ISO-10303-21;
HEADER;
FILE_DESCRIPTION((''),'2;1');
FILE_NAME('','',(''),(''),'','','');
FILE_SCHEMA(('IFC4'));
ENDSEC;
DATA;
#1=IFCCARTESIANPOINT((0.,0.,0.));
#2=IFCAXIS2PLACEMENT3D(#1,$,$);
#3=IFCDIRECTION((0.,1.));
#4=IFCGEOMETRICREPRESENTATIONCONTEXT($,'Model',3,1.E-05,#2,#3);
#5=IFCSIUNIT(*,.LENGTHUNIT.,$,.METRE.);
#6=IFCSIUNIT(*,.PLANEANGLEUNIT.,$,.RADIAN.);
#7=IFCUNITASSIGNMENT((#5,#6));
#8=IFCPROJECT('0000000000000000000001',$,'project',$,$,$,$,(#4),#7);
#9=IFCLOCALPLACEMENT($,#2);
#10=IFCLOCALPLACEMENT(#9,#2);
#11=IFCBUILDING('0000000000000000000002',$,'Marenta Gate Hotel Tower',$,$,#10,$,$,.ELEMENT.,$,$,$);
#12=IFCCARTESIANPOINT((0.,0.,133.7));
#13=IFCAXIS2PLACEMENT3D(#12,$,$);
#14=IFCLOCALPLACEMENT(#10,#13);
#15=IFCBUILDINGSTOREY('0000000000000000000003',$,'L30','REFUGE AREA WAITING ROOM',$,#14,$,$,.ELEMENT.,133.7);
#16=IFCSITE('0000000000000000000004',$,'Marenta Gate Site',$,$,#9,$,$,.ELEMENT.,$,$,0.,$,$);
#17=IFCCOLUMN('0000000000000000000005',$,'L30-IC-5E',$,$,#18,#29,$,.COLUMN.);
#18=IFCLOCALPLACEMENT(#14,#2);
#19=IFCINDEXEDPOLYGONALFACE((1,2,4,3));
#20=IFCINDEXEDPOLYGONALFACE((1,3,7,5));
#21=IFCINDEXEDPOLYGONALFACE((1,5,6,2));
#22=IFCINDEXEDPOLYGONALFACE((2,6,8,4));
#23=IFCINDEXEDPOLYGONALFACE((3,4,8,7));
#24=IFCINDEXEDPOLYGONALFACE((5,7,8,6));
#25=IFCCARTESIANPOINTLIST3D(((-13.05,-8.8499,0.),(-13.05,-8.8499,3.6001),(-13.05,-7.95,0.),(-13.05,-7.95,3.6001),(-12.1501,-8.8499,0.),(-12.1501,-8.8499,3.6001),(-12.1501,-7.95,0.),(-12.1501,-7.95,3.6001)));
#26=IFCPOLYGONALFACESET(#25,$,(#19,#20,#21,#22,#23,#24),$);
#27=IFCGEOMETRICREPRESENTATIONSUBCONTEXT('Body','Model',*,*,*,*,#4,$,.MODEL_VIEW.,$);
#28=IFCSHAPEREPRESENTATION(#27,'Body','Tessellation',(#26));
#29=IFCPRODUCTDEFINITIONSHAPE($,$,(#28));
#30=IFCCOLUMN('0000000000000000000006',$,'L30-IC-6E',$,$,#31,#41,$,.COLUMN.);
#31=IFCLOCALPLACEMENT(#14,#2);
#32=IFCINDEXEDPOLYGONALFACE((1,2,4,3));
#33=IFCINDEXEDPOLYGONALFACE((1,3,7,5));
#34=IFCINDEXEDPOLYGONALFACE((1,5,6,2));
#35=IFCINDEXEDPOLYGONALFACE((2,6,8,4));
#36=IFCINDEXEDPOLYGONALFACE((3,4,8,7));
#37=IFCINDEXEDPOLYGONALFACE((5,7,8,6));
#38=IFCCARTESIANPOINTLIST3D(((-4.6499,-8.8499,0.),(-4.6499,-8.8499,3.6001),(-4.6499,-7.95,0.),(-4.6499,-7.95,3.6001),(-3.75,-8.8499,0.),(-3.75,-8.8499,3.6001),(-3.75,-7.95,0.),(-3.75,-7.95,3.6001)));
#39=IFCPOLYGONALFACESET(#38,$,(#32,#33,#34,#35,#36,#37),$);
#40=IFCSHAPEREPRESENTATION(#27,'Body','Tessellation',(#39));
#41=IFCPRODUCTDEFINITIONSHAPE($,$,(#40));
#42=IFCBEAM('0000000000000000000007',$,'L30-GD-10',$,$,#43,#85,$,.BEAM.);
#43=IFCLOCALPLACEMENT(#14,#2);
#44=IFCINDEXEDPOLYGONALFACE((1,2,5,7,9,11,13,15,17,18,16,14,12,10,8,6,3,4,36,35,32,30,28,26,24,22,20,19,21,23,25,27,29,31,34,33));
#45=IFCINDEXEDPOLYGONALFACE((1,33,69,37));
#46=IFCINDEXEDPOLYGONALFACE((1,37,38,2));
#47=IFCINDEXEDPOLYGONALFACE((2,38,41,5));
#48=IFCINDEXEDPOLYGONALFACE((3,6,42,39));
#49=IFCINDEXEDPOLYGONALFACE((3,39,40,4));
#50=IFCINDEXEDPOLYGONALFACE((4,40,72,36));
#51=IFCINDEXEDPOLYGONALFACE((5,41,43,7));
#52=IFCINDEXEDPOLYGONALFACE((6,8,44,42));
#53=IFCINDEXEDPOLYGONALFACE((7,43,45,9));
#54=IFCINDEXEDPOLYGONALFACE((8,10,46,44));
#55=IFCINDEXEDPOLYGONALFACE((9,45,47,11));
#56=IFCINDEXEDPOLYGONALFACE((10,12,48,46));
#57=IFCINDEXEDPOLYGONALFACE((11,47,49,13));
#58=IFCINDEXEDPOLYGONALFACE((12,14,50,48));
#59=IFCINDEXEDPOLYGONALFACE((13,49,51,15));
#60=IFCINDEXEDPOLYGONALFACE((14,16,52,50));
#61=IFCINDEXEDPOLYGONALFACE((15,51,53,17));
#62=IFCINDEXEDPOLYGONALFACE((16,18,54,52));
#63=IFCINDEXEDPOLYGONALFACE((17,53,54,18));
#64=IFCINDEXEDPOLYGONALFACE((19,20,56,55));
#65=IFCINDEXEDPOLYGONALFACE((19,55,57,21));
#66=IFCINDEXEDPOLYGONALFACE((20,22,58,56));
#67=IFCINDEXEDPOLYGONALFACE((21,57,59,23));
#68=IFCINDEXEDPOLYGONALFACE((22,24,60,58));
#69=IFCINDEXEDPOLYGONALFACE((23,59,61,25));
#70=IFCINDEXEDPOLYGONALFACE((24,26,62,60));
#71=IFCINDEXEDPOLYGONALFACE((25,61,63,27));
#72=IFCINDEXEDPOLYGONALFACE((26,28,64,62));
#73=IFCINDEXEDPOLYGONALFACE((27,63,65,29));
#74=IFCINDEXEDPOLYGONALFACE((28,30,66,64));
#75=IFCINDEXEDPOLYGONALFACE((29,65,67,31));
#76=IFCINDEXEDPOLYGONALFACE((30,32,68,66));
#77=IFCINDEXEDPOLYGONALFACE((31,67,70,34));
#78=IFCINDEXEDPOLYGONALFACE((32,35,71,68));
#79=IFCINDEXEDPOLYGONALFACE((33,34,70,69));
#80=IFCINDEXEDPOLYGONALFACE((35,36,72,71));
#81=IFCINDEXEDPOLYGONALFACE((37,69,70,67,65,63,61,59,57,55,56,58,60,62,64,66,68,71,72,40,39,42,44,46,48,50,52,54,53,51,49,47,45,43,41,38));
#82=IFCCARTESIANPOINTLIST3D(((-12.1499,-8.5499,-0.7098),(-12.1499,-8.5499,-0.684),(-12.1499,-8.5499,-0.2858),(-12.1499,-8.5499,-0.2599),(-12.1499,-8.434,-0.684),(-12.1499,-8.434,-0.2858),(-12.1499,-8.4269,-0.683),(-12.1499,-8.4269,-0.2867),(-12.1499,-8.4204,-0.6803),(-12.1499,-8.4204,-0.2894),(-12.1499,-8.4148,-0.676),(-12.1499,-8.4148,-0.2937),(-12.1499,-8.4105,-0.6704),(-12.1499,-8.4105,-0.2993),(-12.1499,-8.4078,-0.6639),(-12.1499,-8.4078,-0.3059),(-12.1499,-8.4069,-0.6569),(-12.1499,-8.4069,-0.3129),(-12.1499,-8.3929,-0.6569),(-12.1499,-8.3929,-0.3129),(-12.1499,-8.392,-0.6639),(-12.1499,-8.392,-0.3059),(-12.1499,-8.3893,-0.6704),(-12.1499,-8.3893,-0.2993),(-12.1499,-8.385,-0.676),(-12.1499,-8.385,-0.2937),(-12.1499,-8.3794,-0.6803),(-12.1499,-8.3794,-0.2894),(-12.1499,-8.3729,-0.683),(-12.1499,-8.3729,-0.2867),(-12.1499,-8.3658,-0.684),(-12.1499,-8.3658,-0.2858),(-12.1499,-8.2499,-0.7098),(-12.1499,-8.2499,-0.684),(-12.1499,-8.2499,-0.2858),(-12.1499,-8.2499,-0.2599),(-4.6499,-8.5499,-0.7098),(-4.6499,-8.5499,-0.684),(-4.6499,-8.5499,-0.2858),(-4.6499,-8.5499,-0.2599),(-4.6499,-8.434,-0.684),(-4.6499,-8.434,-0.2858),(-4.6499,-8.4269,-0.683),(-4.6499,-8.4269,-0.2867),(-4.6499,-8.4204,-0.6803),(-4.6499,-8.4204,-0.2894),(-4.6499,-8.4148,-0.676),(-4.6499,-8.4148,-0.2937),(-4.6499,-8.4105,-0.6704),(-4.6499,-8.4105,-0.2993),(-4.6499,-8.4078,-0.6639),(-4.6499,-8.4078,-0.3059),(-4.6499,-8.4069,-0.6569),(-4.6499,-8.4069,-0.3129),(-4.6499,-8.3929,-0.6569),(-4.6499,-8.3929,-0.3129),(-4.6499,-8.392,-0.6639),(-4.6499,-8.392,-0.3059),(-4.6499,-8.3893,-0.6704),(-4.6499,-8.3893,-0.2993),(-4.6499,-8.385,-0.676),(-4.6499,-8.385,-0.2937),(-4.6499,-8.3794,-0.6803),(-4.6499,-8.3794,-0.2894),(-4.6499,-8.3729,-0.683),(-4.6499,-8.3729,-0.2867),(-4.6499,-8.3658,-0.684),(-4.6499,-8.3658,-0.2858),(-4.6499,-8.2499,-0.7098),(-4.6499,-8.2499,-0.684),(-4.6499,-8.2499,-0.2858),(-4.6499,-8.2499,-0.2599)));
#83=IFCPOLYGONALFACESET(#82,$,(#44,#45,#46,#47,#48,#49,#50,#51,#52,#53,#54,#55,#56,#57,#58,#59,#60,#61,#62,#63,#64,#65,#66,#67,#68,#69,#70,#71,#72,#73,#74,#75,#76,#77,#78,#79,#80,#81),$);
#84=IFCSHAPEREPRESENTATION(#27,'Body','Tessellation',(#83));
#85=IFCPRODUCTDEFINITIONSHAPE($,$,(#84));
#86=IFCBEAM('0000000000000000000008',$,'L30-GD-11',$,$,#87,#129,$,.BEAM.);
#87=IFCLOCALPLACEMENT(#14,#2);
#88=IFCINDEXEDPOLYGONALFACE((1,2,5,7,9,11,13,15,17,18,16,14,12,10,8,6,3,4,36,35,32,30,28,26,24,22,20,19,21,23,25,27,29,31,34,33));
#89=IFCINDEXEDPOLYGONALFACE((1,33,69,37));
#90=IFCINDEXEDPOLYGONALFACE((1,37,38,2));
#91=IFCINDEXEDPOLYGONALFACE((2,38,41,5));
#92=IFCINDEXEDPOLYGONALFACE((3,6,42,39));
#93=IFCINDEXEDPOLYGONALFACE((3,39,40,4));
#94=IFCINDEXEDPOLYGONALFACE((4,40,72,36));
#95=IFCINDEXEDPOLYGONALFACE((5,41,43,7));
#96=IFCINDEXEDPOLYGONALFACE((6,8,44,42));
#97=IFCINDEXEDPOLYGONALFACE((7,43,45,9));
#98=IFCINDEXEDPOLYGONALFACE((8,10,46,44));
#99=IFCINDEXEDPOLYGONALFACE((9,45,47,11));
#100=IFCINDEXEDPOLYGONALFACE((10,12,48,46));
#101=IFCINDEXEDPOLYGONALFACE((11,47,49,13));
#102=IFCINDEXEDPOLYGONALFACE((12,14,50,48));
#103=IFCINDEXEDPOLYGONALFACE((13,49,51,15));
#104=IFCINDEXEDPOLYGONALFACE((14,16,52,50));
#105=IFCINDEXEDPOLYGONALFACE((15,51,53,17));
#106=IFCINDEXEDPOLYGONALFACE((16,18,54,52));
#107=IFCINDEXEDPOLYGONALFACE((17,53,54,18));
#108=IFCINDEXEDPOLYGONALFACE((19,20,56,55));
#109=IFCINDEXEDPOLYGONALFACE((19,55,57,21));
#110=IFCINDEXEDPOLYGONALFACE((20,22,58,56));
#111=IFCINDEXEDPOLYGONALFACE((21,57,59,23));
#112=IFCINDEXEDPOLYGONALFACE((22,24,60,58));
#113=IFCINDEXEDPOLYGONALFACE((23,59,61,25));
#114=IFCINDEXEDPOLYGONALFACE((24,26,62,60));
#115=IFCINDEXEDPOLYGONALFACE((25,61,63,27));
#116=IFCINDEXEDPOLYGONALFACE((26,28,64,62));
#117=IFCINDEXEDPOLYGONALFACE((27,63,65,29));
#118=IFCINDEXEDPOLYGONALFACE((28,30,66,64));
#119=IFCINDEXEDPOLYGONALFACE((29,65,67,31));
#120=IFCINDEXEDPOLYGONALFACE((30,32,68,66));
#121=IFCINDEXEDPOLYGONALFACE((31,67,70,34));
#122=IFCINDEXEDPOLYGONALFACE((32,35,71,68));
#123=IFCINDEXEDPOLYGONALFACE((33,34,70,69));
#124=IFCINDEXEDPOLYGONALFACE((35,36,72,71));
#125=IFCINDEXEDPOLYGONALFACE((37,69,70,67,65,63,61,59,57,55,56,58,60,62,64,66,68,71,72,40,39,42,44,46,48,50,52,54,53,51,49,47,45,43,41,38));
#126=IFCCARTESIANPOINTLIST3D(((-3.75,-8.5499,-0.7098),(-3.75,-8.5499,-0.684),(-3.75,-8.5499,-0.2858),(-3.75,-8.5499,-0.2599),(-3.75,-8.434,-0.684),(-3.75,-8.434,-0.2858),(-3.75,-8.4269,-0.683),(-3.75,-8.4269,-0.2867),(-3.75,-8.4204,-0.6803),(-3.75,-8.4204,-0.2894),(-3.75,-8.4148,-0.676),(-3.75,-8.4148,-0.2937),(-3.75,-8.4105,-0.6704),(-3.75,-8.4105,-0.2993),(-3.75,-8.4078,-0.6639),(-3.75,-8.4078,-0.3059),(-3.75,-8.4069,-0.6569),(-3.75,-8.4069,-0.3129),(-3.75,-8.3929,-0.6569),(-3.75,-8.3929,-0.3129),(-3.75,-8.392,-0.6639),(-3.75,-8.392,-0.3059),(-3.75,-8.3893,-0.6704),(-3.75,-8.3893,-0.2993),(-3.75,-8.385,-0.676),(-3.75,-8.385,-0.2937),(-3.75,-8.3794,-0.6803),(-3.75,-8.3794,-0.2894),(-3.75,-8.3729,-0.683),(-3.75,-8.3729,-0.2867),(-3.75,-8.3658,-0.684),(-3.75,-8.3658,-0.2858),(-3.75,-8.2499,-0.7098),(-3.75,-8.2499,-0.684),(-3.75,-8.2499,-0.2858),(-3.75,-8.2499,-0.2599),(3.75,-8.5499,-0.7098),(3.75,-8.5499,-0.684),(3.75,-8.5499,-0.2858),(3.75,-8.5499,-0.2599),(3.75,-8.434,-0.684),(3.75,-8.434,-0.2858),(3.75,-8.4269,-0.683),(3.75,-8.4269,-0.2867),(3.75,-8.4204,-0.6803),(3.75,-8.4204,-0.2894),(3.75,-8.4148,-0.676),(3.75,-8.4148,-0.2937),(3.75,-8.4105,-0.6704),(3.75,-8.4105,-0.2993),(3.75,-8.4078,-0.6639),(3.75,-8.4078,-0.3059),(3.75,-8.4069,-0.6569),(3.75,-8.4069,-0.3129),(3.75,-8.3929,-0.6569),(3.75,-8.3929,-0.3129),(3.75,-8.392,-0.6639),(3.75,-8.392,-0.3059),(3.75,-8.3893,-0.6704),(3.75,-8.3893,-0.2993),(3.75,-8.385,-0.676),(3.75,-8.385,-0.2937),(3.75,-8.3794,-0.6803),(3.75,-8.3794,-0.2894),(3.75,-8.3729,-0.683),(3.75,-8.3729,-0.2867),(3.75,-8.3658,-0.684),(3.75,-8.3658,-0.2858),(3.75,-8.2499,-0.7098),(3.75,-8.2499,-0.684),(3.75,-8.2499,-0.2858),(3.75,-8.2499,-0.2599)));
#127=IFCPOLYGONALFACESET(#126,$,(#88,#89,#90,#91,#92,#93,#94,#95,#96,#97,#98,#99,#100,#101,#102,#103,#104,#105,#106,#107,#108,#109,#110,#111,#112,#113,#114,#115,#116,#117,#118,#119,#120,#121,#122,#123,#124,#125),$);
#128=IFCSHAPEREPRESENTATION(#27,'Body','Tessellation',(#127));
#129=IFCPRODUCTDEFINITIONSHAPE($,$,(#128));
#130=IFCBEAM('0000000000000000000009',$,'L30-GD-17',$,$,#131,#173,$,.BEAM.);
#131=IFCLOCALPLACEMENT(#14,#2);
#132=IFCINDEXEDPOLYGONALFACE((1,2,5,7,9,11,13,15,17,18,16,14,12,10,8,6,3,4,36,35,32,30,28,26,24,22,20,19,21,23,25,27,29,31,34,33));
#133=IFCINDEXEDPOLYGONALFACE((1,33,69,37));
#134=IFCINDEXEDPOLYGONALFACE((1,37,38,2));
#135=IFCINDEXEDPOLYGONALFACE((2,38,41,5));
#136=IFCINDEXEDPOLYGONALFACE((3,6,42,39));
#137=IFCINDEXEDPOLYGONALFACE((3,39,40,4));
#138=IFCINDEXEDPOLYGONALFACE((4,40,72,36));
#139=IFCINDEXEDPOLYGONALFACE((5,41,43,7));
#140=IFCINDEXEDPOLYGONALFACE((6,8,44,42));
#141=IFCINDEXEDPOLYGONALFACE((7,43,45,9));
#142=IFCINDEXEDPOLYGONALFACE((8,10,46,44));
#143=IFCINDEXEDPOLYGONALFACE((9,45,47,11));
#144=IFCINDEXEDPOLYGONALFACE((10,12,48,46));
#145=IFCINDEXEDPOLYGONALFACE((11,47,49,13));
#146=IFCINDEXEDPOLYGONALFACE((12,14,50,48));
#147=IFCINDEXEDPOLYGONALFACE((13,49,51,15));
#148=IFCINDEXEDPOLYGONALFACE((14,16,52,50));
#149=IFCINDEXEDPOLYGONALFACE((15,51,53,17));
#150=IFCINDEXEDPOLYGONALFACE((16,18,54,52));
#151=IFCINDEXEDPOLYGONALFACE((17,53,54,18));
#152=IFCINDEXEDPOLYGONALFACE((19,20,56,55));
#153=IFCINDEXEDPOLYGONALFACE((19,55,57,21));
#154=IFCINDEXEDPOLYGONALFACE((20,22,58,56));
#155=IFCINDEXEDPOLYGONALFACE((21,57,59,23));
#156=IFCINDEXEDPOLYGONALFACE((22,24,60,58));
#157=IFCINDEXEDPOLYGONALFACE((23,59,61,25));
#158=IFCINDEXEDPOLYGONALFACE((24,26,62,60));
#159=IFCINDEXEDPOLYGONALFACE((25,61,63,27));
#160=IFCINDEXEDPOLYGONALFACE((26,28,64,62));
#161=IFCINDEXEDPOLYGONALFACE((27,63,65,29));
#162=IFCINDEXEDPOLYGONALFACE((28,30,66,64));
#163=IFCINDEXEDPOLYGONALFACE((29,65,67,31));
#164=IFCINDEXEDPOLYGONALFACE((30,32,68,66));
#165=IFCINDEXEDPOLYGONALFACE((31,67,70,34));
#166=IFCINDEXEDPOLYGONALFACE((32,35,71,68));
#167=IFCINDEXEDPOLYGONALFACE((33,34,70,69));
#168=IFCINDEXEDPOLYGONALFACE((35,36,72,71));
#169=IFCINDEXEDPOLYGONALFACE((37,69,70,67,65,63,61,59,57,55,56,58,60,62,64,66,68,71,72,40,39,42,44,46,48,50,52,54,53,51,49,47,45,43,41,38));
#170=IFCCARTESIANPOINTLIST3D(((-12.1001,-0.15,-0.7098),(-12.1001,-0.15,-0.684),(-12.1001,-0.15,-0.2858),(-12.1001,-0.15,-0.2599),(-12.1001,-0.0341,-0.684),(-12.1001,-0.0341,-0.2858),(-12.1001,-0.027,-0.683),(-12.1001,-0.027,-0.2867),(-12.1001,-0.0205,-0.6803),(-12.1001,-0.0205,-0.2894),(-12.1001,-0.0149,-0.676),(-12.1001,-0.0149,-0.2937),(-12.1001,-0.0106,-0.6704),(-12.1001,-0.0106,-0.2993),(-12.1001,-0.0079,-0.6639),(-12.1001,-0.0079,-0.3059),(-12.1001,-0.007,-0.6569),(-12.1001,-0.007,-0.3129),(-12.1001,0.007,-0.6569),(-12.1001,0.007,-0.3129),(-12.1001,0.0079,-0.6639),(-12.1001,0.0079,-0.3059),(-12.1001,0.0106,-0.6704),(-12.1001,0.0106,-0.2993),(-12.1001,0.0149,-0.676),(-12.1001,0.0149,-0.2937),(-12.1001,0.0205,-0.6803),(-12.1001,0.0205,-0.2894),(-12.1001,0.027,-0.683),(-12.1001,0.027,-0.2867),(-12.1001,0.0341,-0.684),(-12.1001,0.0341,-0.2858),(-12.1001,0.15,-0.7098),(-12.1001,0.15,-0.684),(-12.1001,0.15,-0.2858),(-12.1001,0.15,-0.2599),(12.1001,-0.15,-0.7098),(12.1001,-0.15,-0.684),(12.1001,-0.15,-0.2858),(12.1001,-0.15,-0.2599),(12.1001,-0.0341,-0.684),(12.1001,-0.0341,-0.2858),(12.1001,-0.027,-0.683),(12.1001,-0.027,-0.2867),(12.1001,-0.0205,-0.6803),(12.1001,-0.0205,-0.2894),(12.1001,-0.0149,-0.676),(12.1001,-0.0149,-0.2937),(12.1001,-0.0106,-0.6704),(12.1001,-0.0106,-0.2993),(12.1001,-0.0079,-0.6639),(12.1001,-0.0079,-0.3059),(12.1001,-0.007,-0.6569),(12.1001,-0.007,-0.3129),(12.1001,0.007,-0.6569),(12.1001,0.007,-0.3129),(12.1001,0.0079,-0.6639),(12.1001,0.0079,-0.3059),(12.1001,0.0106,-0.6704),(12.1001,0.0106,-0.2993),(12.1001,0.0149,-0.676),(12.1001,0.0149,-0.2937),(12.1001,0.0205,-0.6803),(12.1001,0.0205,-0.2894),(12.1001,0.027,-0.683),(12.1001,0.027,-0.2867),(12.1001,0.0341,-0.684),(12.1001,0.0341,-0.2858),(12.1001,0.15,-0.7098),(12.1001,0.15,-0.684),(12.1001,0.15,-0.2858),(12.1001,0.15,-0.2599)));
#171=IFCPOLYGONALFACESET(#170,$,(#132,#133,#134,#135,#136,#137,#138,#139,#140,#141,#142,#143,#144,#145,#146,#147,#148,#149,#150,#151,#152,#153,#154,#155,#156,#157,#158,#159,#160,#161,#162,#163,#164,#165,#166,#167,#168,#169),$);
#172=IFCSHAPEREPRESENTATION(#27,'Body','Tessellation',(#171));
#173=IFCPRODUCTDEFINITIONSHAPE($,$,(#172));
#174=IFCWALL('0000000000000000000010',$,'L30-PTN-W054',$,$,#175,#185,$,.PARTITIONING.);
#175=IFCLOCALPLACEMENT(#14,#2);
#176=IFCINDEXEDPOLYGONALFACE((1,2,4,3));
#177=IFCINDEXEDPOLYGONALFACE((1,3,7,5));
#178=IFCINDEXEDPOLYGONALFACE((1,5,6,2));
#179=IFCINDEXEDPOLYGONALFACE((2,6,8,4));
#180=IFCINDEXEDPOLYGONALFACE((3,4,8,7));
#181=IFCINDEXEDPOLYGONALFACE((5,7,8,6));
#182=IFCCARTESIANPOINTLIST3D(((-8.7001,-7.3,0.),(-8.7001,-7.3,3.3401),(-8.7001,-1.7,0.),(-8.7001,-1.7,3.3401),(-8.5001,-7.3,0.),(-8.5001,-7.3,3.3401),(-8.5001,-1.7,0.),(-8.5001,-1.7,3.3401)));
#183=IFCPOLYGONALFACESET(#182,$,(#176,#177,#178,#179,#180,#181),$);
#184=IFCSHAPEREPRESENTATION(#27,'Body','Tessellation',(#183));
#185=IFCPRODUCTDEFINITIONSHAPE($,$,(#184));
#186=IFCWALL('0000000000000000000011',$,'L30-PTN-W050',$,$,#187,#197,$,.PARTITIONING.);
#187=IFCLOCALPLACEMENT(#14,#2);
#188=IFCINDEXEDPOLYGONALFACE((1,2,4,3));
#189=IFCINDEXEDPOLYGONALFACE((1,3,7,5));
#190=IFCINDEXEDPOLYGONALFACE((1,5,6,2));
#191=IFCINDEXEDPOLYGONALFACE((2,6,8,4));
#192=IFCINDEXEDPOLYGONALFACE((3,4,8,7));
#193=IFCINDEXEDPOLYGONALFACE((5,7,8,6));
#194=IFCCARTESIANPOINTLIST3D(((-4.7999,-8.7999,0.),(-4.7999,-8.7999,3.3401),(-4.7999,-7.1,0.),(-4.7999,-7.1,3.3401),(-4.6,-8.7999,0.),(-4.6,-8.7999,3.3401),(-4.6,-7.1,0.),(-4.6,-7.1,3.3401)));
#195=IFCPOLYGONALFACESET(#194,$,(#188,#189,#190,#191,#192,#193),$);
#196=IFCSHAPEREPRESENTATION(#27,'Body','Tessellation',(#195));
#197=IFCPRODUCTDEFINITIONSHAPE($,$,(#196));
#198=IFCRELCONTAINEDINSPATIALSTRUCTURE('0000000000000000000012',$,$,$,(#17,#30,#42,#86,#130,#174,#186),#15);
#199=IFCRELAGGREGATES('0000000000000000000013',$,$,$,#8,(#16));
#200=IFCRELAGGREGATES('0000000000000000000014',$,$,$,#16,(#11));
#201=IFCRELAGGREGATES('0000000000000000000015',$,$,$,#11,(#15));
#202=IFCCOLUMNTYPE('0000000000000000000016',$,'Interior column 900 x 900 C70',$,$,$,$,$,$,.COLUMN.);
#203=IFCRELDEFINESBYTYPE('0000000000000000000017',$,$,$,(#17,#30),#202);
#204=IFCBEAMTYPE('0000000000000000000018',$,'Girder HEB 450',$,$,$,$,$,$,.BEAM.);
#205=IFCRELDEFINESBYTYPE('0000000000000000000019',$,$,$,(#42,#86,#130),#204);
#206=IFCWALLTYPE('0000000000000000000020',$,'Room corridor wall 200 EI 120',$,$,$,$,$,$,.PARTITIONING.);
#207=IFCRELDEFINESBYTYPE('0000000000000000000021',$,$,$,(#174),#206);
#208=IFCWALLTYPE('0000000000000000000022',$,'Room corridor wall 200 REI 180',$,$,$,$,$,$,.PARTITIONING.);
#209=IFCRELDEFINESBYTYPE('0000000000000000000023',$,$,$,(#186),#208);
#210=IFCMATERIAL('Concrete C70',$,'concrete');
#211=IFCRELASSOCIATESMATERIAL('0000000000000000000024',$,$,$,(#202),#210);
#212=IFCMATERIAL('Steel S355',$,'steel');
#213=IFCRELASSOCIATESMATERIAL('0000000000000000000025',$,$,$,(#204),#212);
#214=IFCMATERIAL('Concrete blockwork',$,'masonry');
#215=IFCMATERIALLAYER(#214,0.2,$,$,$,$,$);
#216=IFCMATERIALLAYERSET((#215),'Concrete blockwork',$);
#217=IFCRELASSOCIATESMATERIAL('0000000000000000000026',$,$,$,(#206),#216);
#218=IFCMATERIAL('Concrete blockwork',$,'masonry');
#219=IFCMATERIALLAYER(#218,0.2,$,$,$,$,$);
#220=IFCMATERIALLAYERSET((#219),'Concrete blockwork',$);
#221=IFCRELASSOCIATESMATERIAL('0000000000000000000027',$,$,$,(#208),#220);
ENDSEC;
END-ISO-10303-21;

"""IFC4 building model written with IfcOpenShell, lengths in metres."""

from ifc_helpers import new_model, si_unit, direction, frame, frame_2d, origin, origin_2d, place, context, subcontext, project, spatial, rectangle, i_section, extrude, material, layer, layer_set, material_profile, profile_set, type_object, element, save


model = new_model("IFC4")

# Units and contexts
model_context = context("Model", 3, precision=1e-05, world=origin(), true_north=direction((0.0, 1.0)))
body_context = subcontext(model_context, "Body", "Model", "MODEL_VIEW")
ifc_project = project(units=[si_unit("LENGTHUNIT", "METRE"), si_unit("PLANEANGLEUNIT", "RADIAN")], contexts=[model_context])

# Site, building, storey
site_placement = place(None, origin())
site = spatial("IfcSite", under=ifc_project, at=site_placement, Name="Marenta Gate Site", CompositionType="ELEMENT", RefElevation=0.0)
building_placement = place(site_placement, origin())
building = spatial("IfcBuilding", under=site, at=building_placement, Name="Marenta Gate Hotel Tower", CompositionType="ELEMENT")
storey_placement = place(building_placement, frame((0.0, 0.0, 133.7)))
storey = spatial("IfcBuildingStorey", under=building, at=storey_placement, Name="L30", Description="REFUGE AREA WAITING ROOM", CompositionType="ELEMENT", Elevation=133.7)

# Columns
ifc_material_1 = material(Name="Concrete C70", Category="concrete")
ifc_material_profile_1 = material_profile(ifc_material_1, rectangle(XDim=0.8999, YDim=0.8999, at=origin_2d()), Name="900 x 900")
ifc_profile_set_1 = profile_set([ifc_material_profile_1], Name="Concrete C70")
column_type = type_object("IfcColumnType", Name="Interior column 900 x 900 C70", PredefinedType="COLUMN", material=ifc_profile_set_1)
for number, where, z_axis, x_axis, name in (
    (1, (-12.6001, -8.3999, 0.0), (0.0, 0.0, 1.0), (1.0, 0.0, 0.0), "L30-IC-5E"),
    (2, (-4.2, -8.3999, 0.0), (0.0, 0.0, 1.0), (1.0, 0.0, 0.0), "L30-IC-6E"),
):
    element("IfcColumn", number, at=place(storey_placement, frame(where, z_axis=z_axis, x_axis=x_axis)), inside=storey, type_object=column_type, Name=name, PredefinedType="COLUMN", context=body_context, shape_type="SweptSolid", body=[
        extrude(rectangle(XDim=0.8999, YDim=0.8999, at=origin_2d()), origin(), (0.0, 0.0, 1.0), 3.6001),
    ])

# Beams
ifc_material_2 = material(Name="Steel S355", Category="steel")
ifc_material_profile_2 = material_profile(ifc_material_2, i_section(OverallWidth=0.3, OverallDepth=0.45, WebThickness=0.0139, FlangeThickness=0.0259, FilletRadius=0.0271, at=origin_2d()), Name="HEB 450")
ifc_profile_set_2 = profile_set([ifc_material_profile_2], Name="Steel S355")
beam_type = type_object("IfcBeamType", Name="Girder HEB 450", PredefinedType="BEAM", material=ifc_profile_set_2)
for number, where, z_axis, x_axis, name in (
    (3, (-12.1499, -8.3999, -0.4849), (1.0, 0.0, 0.0), (0.0, 1.0, 0.0), "L30-GD-10"),
    (4, (-3.75, -8.3999, -0.4849), (1.0, 0.0, 0.0), (0.0, 1.0, 0.0), "L30-GD-11"),
):
    element("IfcBeam", number, at=place(storey_placement, frame(where, z_axis=z_axis, x_axis=x_axis)), inside=storey, type_object=beam_type, Name=name, PredefinedType="BEAM", context=body_context, shape_type="SweptSolid", body=[
        extrude(i_section(OverallWidth=0.3, OverallDepth=0.45, WebThickness=0.0139, FlangeThickness=0.0259, FilletRadius=0.0271, at=origin_2d()), origin(), (0.0, 0.0, 1.0), 7.5),
    ])
beam_placement = place(storey_placement, frame((-12.1001, 0.0, -0.4849), z_axis=(1.0, 0.0, 0.0), x_axis=(0.0, 1.0, 0.0)))
element("IfcBeam", 5, at=beam_placement, inside=storey, type_object=beam_type, Name="L30-GD-17", PredefinedType="BEAM", context=body_context, shape_type="SweptSolid", body=[
    extrude(i_section(OverallWidth=0.3, OverallDepth=0.45, WebThickness=0.0139, FlangeThickness=0.0259, FilletRadius=0.0271, at=origin_2d()), origin(), (0.0, 0.0, 1.0), 24.2002),
])

# Wall
ifc_material_3 = material(Name="Concrete blockwork", Category="masonry")
ifc_layer_1 = layer(ifc_material_3, 0.2)
ifc_layer_set_1 = layer_set([ifc_layer_1], Name="Concrete blockwork")
wall_type_1 = type_object("IfcWallType", Name="Room corridor wall 200 EI 120", PredefinedType="PARTITIONING", material=ifc_layer_set_1)
wall_1_placement = place(storey_placement, frame((-8.6001, -7.3, 0.0), z_axis=(0.0, 0.0, 1.0), x_axis=(0.0, 1.0, 0.0)))
element("IfcWall", 6, at=wall_1_placement, inside=storey, type_object=wall_type_1, Name="L30-PTN-W054", PredefinedType="PARTITIONING", context=body_context, shape_type="SweptSolid", body=[
    extrude(rectangle(XDim=5.6001, YDim=0.2, at=frame_2d((2.8, 0.0))), origin(), (0.0, 0.0, 1.0), 3.3401),
])

# Shared definitions
ifc_material_4 = material(Name="Concrete blockwork", Category="masonry")
ifc_layer_2 = layer(ifc_material_4, 0.2)
ifc_layer_set_2 = layer_set([ifc_layer_2], Name="Concrete blockwork")
wall_type_2 = type_object("IfcWallType", Name="Room corridor wall 200 REI 180", PredefinedType="PARTITIONING", material=ifc_layer_set_2)

# Wall
wall_2_placement = place(storey_placement, frame((-4.7, -8.8, 0.0), z_axis=(0.0, 0.0, 1.0), x_axis=(0.0, 1.0, 0.0)))
element("IfcWall", 7, at=wall_2_placement, inside=storey, type_object=wall_type_2, Name="L30-PTN-W050", PredefinedType="PARTITIONING", context=body_context, shape_type="SweptSolid", body=[
    extrude(rectangle(XDim=1.7, YDim=0.2, at=frame_2d((0.8501, 0.0))), origin(), (0.0, 0.0, 1.0), 3.3401),
])

save(model, "model.ifc")
